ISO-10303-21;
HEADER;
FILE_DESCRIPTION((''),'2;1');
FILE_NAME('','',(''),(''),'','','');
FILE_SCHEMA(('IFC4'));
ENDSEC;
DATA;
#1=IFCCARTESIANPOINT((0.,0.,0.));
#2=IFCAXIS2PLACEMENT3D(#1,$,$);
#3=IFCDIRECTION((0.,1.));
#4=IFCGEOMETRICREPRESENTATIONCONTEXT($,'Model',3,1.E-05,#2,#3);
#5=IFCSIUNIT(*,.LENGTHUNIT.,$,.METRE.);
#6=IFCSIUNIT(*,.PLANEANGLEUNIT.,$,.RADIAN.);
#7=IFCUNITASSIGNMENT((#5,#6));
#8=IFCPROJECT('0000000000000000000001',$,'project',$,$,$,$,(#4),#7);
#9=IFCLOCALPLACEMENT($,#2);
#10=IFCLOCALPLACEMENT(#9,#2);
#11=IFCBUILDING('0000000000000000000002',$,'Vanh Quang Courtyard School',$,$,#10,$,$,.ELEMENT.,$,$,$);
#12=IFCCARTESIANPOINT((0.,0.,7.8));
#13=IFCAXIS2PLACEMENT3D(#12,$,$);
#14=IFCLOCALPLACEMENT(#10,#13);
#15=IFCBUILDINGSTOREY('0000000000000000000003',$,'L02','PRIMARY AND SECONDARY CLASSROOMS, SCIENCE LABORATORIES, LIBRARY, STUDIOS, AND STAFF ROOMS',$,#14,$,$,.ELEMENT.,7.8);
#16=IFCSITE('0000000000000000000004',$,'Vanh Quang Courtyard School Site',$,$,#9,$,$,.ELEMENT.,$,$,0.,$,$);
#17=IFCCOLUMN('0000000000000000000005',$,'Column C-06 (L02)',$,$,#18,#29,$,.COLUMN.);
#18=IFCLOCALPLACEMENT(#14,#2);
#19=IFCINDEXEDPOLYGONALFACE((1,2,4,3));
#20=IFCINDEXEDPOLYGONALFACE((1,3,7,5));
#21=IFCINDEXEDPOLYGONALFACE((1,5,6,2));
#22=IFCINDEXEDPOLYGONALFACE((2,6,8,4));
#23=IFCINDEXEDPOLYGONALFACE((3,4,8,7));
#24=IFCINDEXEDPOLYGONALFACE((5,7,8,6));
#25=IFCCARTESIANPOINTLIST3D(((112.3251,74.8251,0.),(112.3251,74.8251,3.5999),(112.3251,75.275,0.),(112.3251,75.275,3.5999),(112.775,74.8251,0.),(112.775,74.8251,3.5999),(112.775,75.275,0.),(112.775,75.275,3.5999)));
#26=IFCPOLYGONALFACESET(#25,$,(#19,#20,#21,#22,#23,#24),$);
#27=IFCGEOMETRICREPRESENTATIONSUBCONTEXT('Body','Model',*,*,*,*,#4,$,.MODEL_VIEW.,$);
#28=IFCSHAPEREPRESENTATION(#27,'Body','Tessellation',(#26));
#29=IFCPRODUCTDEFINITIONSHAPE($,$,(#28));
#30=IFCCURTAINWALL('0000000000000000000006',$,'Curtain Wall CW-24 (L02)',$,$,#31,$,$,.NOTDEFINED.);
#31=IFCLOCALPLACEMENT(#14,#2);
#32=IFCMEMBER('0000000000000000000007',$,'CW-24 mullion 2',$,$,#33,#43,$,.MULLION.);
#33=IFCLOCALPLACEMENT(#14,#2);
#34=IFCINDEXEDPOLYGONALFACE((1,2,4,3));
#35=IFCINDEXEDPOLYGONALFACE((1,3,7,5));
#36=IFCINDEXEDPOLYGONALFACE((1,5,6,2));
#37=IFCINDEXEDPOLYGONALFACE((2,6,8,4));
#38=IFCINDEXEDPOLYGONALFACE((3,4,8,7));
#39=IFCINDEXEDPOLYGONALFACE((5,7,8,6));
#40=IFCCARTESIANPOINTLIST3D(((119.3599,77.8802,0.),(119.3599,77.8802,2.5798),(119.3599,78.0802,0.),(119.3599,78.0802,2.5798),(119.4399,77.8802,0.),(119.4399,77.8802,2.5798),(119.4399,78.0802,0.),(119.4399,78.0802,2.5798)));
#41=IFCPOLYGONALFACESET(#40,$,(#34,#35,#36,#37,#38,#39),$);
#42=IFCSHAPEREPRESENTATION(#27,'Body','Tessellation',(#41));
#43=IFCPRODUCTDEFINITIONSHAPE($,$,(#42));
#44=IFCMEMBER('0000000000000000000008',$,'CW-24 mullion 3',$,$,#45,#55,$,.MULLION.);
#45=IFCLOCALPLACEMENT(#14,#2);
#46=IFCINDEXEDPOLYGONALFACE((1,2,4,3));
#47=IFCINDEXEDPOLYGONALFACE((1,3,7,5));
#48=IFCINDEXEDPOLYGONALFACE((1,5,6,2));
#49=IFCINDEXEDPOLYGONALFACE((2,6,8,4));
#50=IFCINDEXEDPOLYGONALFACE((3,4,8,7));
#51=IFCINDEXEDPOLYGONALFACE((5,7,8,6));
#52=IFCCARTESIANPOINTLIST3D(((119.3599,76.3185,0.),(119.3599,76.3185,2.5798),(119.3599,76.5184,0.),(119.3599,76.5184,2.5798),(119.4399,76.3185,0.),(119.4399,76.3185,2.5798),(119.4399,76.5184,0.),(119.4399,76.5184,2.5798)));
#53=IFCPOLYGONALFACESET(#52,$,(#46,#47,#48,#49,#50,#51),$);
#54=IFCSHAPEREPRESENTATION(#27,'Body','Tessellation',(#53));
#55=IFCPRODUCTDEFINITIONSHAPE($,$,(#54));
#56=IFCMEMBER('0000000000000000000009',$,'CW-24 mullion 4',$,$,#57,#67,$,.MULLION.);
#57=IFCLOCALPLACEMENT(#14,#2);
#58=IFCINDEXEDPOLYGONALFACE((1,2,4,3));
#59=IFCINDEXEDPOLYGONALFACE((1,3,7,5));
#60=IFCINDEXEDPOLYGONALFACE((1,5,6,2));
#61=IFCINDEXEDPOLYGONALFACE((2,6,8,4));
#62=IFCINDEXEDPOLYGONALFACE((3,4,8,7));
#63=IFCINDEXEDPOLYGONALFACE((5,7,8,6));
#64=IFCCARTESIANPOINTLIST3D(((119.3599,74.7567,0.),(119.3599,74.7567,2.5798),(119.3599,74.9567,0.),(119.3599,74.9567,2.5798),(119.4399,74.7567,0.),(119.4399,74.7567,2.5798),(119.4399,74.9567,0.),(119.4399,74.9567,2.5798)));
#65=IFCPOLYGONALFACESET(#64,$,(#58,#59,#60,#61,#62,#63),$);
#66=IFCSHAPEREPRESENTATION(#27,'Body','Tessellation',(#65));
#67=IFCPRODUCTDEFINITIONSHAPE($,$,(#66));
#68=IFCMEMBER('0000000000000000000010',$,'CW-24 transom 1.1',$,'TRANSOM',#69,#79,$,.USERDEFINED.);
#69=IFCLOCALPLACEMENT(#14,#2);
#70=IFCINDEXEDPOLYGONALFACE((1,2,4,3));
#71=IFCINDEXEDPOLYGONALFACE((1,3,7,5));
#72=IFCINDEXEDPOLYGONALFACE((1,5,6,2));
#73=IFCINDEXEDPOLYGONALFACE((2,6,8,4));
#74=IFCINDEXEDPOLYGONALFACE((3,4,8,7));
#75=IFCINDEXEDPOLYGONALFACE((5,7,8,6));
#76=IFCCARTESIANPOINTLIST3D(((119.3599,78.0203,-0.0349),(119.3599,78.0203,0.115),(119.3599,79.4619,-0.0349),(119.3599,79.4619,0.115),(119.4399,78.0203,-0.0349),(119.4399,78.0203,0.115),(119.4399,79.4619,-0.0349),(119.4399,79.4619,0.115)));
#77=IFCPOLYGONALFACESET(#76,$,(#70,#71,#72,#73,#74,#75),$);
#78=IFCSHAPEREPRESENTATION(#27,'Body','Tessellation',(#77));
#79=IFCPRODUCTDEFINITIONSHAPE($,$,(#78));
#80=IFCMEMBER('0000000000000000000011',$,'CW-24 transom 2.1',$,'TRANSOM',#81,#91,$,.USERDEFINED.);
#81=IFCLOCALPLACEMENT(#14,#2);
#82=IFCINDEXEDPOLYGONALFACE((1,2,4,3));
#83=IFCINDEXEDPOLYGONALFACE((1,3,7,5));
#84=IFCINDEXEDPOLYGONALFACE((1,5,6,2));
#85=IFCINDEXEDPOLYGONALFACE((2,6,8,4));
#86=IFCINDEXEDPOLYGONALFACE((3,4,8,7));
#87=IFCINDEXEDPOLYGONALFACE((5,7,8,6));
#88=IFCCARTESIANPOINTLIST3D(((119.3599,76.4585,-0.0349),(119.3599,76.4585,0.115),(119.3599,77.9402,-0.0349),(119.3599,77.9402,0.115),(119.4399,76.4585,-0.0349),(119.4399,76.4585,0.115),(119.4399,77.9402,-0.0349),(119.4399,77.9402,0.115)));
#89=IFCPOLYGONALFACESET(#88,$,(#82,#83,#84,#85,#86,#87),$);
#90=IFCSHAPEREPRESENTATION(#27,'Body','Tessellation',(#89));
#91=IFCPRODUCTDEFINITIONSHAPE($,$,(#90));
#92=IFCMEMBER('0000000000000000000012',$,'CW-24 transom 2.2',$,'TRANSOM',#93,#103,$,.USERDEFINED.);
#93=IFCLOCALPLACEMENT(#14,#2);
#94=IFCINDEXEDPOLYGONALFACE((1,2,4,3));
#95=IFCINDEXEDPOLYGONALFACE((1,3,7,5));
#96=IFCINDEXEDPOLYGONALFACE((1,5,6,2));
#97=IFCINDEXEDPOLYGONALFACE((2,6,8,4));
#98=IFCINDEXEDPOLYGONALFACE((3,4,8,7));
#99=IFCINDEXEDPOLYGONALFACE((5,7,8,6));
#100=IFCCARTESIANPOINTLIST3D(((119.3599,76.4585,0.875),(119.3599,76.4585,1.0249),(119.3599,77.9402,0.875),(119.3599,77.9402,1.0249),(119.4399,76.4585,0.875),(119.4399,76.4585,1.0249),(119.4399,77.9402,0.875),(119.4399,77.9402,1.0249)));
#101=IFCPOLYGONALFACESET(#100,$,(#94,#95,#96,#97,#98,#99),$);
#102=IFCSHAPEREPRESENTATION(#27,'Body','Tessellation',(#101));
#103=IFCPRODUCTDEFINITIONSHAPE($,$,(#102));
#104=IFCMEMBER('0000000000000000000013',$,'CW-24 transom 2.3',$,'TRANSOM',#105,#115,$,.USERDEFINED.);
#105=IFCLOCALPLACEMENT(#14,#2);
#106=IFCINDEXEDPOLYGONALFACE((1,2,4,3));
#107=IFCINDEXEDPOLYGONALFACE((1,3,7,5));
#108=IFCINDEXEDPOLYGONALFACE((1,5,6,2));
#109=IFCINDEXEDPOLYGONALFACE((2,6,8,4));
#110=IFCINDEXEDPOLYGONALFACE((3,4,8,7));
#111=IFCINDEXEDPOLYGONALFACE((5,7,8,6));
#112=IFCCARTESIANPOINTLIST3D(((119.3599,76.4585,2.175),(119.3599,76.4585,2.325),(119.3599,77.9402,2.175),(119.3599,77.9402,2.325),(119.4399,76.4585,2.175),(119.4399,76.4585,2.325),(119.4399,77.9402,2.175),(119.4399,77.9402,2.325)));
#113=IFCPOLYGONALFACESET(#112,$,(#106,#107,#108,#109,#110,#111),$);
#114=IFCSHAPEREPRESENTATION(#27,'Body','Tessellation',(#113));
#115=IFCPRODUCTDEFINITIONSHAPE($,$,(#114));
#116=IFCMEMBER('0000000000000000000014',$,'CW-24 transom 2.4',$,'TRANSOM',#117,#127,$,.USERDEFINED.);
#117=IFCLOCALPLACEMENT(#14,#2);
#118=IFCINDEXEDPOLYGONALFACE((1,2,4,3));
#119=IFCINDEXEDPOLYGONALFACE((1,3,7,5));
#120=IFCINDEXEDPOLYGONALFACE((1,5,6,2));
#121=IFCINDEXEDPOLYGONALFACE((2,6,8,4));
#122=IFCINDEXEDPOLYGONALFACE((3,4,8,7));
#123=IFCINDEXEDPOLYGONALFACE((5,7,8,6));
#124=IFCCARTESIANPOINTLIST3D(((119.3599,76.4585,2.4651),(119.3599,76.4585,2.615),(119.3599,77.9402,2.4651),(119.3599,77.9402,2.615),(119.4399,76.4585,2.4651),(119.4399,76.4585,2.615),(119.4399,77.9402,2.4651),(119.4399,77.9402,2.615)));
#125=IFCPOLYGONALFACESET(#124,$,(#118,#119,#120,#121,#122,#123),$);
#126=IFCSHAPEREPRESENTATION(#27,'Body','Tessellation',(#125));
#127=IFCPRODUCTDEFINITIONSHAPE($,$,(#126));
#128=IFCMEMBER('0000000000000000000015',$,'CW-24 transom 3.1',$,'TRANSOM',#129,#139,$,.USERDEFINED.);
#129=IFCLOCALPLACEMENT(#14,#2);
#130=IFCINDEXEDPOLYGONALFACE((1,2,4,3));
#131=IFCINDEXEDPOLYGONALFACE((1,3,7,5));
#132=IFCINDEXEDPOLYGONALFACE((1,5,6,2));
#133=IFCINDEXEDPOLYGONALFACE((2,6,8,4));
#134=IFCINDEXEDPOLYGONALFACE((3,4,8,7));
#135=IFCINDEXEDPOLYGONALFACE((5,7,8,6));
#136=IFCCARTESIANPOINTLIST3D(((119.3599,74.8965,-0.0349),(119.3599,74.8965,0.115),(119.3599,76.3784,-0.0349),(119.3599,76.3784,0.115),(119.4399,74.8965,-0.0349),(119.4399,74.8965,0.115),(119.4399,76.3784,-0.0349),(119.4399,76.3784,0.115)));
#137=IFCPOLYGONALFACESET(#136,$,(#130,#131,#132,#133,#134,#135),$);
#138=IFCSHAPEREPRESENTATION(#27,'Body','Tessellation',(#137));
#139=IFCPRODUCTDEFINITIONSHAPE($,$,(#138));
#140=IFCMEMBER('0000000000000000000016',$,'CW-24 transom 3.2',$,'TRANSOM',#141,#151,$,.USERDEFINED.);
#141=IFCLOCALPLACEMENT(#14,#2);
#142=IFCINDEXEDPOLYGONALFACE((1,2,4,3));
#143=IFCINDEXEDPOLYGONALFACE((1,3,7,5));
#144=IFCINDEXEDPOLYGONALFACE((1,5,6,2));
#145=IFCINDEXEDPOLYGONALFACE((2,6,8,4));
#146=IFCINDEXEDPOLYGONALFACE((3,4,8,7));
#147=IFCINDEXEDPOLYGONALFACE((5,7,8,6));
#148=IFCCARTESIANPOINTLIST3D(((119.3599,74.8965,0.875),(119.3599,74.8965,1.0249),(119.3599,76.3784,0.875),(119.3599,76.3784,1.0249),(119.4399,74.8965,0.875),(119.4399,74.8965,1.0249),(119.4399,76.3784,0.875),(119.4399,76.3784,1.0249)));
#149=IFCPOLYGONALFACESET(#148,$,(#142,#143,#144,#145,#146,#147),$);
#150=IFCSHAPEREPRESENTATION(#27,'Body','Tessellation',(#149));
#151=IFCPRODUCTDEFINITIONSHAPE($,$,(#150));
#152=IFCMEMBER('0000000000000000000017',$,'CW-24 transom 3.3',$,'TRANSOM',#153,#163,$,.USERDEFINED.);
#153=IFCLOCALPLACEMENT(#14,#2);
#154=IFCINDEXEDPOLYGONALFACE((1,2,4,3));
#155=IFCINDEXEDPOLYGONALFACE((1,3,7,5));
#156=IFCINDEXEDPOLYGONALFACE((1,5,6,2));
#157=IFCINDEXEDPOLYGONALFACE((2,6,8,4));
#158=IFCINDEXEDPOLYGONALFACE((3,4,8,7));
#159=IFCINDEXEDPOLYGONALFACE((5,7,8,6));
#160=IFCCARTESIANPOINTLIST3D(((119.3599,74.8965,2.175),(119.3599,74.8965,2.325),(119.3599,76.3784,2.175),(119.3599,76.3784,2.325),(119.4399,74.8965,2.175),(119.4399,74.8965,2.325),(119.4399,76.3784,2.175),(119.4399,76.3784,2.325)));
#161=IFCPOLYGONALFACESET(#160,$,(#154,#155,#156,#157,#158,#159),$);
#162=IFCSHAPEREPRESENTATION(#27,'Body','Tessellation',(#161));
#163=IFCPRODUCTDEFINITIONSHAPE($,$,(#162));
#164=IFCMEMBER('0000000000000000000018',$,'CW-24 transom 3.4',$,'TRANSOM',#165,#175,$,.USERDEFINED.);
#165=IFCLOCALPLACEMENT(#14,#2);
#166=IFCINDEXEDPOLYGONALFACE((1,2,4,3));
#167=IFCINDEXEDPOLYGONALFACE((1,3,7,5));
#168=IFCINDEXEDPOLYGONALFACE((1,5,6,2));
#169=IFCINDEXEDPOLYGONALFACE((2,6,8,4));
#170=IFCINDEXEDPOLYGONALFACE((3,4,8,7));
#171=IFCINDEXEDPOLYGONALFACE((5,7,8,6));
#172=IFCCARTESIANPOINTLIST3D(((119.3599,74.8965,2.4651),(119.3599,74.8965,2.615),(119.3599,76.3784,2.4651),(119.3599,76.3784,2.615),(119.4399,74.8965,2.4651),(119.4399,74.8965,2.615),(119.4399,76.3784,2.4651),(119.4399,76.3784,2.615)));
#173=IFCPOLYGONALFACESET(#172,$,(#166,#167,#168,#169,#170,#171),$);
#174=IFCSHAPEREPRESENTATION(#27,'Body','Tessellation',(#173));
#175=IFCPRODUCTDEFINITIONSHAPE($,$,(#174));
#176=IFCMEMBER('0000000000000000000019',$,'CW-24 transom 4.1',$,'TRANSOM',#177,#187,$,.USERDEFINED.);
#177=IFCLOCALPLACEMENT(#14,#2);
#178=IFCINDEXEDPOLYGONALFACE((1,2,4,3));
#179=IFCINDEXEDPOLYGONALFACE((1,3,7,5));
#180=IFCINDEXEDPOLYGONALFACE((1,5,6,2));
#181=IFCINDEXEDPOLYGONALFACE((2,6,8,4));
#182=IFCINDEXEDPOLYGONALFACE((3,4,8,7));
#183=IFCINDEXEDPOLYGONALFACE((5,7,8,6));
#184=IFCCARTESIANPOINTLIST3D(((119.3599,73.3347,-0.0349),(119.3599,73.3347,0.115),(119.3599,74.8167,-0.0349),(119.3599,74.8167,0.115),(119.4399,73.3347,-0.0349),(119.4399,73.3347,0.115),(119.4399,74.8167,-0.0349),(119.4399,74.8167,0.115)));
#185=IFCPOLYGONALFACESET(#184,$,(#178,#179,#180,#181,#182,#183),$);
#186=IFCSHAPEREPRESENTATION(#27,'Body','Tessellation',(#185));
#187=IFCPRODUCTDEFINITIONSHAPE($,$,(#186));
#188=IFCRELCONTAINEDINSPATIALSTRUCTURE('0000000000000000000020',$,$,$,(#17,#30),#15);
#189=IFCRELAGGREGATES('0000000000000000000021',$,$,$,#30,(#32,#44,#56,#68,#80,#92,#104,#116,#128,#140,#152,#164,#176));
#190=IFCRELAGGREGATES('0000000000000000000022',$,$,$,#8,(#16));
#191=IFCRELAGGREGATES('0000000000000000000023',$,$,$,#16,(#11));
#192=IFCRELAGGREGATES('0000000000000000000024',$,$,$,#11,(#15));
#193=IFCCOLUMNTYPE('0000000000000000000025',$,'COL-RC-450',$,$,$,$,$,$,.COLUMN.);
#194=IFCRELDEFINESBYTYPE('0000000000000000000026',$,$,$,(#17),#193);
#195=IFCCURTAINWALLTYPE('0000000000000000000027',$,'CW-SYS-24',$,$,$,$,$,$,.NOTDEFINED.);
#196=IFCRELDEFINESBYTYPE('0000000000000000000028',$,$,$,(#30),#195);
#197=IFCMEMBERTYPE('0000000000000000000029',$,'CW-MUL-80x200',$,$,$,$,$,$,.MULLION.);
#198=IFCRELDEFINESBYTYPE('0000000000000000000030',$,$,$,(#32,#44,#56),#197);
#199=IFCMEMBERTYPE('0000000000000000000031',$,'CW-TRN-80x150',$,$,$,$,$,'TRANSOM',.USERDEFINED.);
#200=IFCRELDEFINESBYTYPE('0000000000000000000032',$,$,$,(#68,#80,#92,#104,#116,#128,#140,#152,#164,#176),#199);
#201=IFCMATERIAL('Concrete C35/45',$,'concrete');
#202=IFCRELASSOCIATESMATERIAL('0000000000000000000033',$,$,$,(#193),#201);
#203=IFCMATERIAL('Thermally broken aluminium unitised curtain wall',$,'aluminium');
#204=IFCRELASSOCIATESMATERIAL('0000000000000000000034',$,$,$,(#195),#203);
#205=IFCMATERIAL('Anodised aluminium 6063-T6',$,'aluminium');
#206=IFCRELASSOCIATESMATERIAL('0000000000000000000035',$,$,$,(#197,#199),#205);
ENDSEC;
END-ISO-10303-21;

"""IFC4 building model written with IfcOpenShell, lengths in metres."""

from ifc_helpers import new_model, si_unit, direction, frame, origin, origin_2d, place, context, subcontext, project, spatial, rectangle, extrude, material, material_profile, profile_set, type_object, element, aggregate, save


model = new_model("IFC4")

# Units and contexts
model_context = context("Model", 3, precision=1e-05, world=origin(), true_north=direction((0.0, 1.0)))
body_context = subcontext(model_context, "Body", "Model", "MODEL_VIEW")
ifc_project = project(units=[si_unit("LENGTHUNIT", "METRE"), si_unit("PLANEANGLEUNIT", "RADIAN")], contexts=[model_context])

# Site, building, storey
site_placement = place(None, origin())
site = spatial("IfcSite", under=ifc_project, at=site_placement, Name="Vanh Quang Courtyard School Site", CompositionType="ELEMENT", RefElevation=0.0)
building_placement = place(site_placement, origin())
building = spatial("IfcBuilding", under=site, at=building_placement, Name="Vanh Quang Courtyard School", CompositionType="ELEMENT")
storey_placement = place(building_placement, frame((0.0, 0.0, 7.8)))
storey = spatial("IfcBuildingStorey", under=building, at=storey_placement, Name="L02", Description="PRIMARY AND SECONDARY CLASSROOMS, SCIENCE LABORATORIES, LIBRARY, STUDIOS, AND STAFF ROOMS", CompositionType="ELEMENT", Elevation=7.8)

# Column
ifc_material_1 = material(Name="Concrete C35/45", Category="concrete")
ifc_material_profile_1 = material_profile(ifc_material_1, rectangle(XDim=0.45, YDim=0.45, at=origin_2d()), Name="RC-COL 450x450")
ifc_profile_set_1 = profile_set([ifc_material_profile_1], Name="Concrete C35/45")
column_type = type_object("IfcColumnType", Name="COL-RC-450", PredefinedType="COLUMN", material=ifc_profile_set_1)
column_placement = place(storey_placement, frame((112.55, 75.05, 0.0), z_axis=(0.0, 0.0, 1.0), x_axis=(1.0, 0.0, 0.0)))
element("IfcColumn", 1, at=column_placement, inside=storey, type_object=column_type, Name="Column C-06 (L02)", PredefinedType="COLUMN", context=body_context, shape_type="SweptSolid", body=[
    extrude(rectangle(XDim=0.45, YDim=0.45, at=origin_2d()), origin(), (0.0, 0.0, 1.0), 3.5999),
])

# Curtain wall, members
ifc_material_2 = material(Name="Thermally broken aluminium unitised curtain wall", Category="aluminium")
curtain_wall_type = type_object("IfcCurtainWallType", Name="CW-SYS-24", PredefinedType="NOTDEFINED", material=ifc_material_2)
curtain_wall_placement = place(storey_placement, origin())
curtain_wall = element("IfcCurtainWall", 2, at=curtain_wall_placement, inside=storey, type_object=curtain_wall_type, Name="Curtain Wall CW-24 (L02)", PredefinedType="NOTDEFINED")
ifc_material_3 = material(Name="Anodised aluminium 6063-T6", Category="aluminium")
ifc_material_profile_2 = material_profile(ifc_material_3, rectangle(XDim=0.0801, YDim=0.2, at=origin_2d()), Name="ALU-MUL 80x200")
ifc_profile_set_2 = profile_set([ifc_material_profile_2], Name="Anodised aluminium 6063-T6")
member_type_1 = type_object("IfcMemberType", Name="CW-MUL-80x200", PredefinedType="MULLION", material=ifc_profile_set_2)
member_1_placement = place(storey_placement, frame((119.3999, 77.9802, 0.0), z_axis=(0.0, 0.0, 1.0), x_axis=(1.0, 0.0, 0.0)))
member_1 = element("IfcMember", 3, at=member_1_placement, type_object=member_type_1, Name="CW-24 mullion 2", PredefinedType="MULLION", context=body_context, shape_type="SweptSolid", body=[
    extrude(rectangle(XDim=0.0801, YDim=0.2, at=origin_2d()), origin(), (0.0, 0.0, 1.0), 2.5798),
])
member_2_placement = place(storey_placement, frame((119.3999, 76.4185, 0.0), z_axis=(0.0, 0.0, 1.0), x_axis=(1.0, 0.0, 0.0)))
member_2 = element("IfcMember", 4, at=member_2_placement, type_object=member_type_1, Name="CW-24 mullion 3", PredefinedType="MULLION", context=body_context, shape_type="SweptSolid", body=[
    extrude(rectangle(XDim=0.0801, YDim=0.2, at=origin_2d()), origin(), (0.0, 0.0, 1.0), 2.5798),
])
member_3_placement = place(storey_placement, frame((119.3999, 74.8567, 0.0), z_axis=(0.0, 0.0, 1.0), x_axis=(1.0, 0.0, 0.0)))
member_3 = element("IfcMember", 5, at=member_3_placement, type_object=member_type_1, Name="CW-24 mullion 4", PredefinedType="MULLION", context=body_context, shape_type="SweptSolid", body=[
    extrude(rectangle(XDim=0.0801, YDim=0.2, at=origin_2d()), origin(), (0.0, 0.0, 1.0), 2.5798),
])
ifc_material_profile_3 = material_profile(ifc_material_3, rectangle(XDim=0.0801, YDim=0.1499, at=origin_2d()), Name="ALU-TRN 80x150")
ifc_profile_set_3 = profile_set([ifc_material_profile_3], Name="Anodised aluminium 6063-T6")
member_type_2 = type_object("IfcMemberType", Name="CW-TRN-80x150", ElementType="TRANSOM", PredefinedType="USERDEFINED", material=ifc_profile_set_3)
member_4_placement = place(storey_placement, frame((119.3999, 79.4619, 0.04), z_axis=(0.0, -1.0, 0.0), x_axis=(1.0, 0.0, 0.0)))
member_4 = element("IfcMember", 6, at=member_4_placement, type_object=member_type_2, Name="CW-24 transom 1.1", ObjectType="TRANSOM", PredefinedType="USERDEFINED", context=body_context, shape_type="SweptSolid", body=[
    extrude(rectangle(XDim=0.0801, YDim=0.1499, at=origin_2d()), origin(), (0.0, 0.0, 1.0), 1.4417),
])
member_5_placement = place(storey_placement, frame((119.3999, 77.9402, 0.04), z_axis=(0.0, -1.0, 0.0), x_axis=(1.0, 0.0, 0.0)))
member_5 = element("IfcMember", 7, at=member_5_placement, type_object=member_type_2, Name="CW-24 transom 2.1", ObjectType="TRANSOM", PredefinedType="USERDEFINED", context=body_context, shape_type="SweptSolid", body=[
    extrude(rectangle(XDim=0.0801, YDim=0.1499, at=origin_2d()), origin(), (0.0, 0.0, 1.0), 1.4817),
])
member_6_placement = place(storey_placement, frame((119.3999, 77.9402, 0.95), z_axis=(0.0, -1.0, 0.0), x_axis=(1.0, 0.0, 0.0)))
member_6 = element("IfcMember", 8, at=member_6_placement, type_object=member_type_2, Name="CW-24 transom 2.2", ObjectType="TRANSOM", PredefinedType="USERDEFINED", context=body_context, shape_type="SweptSolid", body=[
    extrude(rectangle(XDim=0.0801, YDim=0.1499, at=origin_2d()), origin(), (0.0, 0.0, 1.0), 1.4817),
])
member_7_placement = place(storey_placement, frame((119.3999, 77.9402, 2.25), z_axis=(0.0, -1.0, 0.0), x_axis=(1.0, 0.0, 0.0)))
member_7 = element("IfcMember", 9, at=member_7_placement, type_object=member_type_2, Name="CW-24 transom 2.3", ObjectType="TRANSOM", PredefinedType="USERDEFINED", context=body_context, shape_type="SweptSolid", body=[
    extrude(rectangle(XDim=0.0801, YDim=0.1499, at=origin_2d()), origin(), (0.0, 0.0, 1.0), 1.4817),
])
member_8_placement = place(storey_placement, frame((119.3999, 77.9402, 2.54), z_axis=(0.0, -1.0, 0.0), x_axis=(1.0, 0.0, 0.0)))
member_8 = element("IfcMember", 10, at=member_8_placement, type_object=member_type_2, Name="CW-24 transom 2.4", ObjectType="TRANSOM", PredefinedType="USERDEFINED", context=body_context, shape_type="SweptSolid", body=[
    extrude(rectangle(XDim=0.0801, YDim=0.1499, at=origin_2d()), origin(), (0.0, 0.0, 1.0), 1.4817),
])
member_9_placement = place(storey_placement, frame((119.3999, 76.3784, 0.04), z_axis=(0.0, -1.0, 0.0), x_axis=(1.0, 0.0, 0.0)))
member_9 = element("IfcMember", 11, at=member_9_placement, type_object=member_type_2, Name="CW-24 transom 3.1", ObjectType="TRANSOM", PredefinedType="USERDEFINED", context=body_context, shape_type="SweptSolid", body=[
    extrude(rectangle(XDim=0.0801, YDim=0.1499, at=origin_2d()), origin(), (0.0, 0.0, 1.0), 1.4819),
])
member_10_placement = place(storey_placement, frame((119.3999, 76.3784, 0.95), z_axis=(0.0, -1.0, 0.0), x_axis=(1.0, 0.0, 0.0)))
member_10 = element("IfcMember", 12, at=member_10_placement, type_object=member_type_2, Name="CW-24 transom 3.2", ObjectType="TRANSOM", PredefinedType="USERDEFINED", context=body_context, shape_type="SweptSolid", body=[
    extrude(rectangle(XDim=0.0801, YDim=0.1499, at=origin_2d()), origin(), (0.0, 0.0, 1.0), 1.4819),
])
member_11_placement = place(storey_placement, frame((119.3999, 76.3784, 2.25), z_axis=(0.0, -1.0, 0.0), x_axis=(1.0, 0.0, 0.0)))
member_11 = element("IfcMember", 13, at=member_11_placement, type_object=member_type_2, Name="CW-24 transom 3.3", ObjectType="TRANSOM", PredefinedType="USERDEFINED", context=body_context, shape_type="SweptSolid", body=[
    extrude(rectangle(XDim=0.0801, YDim=0.1499, at=origin_2d()), origin(), (0.0, 0.0, 1.0), 1.4819),
])
member_12_placement = place(storey_placement, frame((119.3999, 76.3784, 2.54), z_axis=(0.0, -1.0, 0.0), x_axis=(1.0, 0.0, 0.0)))
member_12 = element("IfcMember", 14, at=member_12_placement, type_object=member_type_2, Name="CW-24 transom 3.4", ObjectType="TRANSOM", PredefinedType="USERDEFINED", context=body_context, shape_type="SweptSolid", body=[
    extrude(rectangle(XDim=0.0801, YDim=0.1499, at=origin_2d()), origin(), (0.0, 0.0, 1.0), 1.4819),
])
member_13_placement = place(storey_placement, frame((119.3999, 74.8167, 0.04), z_axis=(0.0, -1.0, 0.0), x_axis=(1.0, 0.0, 0.0)))
member_13 = element("IfcMember", 15, at=member_13_placement, type_object=member_type_2, Name="CW-24 transom 4.1", ObjectType="TRANSOM", PredefinedType="USERDEFINED", context=body_context, shape_type="SweptSolid", body=[
    extrude(rectangle(XDim=0.0801, YDim=0.1499, at=origin_2d()), origin(), (0.0, 0.0, 1.0), 1.4819),
])
aggregate(curtain_wall, [member_1, member_2, member_3, member_4, member_5, member_6, member_7, member_8, member_9, member_10, member_11, member_12, member_13])

save(model, "model.ifc")
